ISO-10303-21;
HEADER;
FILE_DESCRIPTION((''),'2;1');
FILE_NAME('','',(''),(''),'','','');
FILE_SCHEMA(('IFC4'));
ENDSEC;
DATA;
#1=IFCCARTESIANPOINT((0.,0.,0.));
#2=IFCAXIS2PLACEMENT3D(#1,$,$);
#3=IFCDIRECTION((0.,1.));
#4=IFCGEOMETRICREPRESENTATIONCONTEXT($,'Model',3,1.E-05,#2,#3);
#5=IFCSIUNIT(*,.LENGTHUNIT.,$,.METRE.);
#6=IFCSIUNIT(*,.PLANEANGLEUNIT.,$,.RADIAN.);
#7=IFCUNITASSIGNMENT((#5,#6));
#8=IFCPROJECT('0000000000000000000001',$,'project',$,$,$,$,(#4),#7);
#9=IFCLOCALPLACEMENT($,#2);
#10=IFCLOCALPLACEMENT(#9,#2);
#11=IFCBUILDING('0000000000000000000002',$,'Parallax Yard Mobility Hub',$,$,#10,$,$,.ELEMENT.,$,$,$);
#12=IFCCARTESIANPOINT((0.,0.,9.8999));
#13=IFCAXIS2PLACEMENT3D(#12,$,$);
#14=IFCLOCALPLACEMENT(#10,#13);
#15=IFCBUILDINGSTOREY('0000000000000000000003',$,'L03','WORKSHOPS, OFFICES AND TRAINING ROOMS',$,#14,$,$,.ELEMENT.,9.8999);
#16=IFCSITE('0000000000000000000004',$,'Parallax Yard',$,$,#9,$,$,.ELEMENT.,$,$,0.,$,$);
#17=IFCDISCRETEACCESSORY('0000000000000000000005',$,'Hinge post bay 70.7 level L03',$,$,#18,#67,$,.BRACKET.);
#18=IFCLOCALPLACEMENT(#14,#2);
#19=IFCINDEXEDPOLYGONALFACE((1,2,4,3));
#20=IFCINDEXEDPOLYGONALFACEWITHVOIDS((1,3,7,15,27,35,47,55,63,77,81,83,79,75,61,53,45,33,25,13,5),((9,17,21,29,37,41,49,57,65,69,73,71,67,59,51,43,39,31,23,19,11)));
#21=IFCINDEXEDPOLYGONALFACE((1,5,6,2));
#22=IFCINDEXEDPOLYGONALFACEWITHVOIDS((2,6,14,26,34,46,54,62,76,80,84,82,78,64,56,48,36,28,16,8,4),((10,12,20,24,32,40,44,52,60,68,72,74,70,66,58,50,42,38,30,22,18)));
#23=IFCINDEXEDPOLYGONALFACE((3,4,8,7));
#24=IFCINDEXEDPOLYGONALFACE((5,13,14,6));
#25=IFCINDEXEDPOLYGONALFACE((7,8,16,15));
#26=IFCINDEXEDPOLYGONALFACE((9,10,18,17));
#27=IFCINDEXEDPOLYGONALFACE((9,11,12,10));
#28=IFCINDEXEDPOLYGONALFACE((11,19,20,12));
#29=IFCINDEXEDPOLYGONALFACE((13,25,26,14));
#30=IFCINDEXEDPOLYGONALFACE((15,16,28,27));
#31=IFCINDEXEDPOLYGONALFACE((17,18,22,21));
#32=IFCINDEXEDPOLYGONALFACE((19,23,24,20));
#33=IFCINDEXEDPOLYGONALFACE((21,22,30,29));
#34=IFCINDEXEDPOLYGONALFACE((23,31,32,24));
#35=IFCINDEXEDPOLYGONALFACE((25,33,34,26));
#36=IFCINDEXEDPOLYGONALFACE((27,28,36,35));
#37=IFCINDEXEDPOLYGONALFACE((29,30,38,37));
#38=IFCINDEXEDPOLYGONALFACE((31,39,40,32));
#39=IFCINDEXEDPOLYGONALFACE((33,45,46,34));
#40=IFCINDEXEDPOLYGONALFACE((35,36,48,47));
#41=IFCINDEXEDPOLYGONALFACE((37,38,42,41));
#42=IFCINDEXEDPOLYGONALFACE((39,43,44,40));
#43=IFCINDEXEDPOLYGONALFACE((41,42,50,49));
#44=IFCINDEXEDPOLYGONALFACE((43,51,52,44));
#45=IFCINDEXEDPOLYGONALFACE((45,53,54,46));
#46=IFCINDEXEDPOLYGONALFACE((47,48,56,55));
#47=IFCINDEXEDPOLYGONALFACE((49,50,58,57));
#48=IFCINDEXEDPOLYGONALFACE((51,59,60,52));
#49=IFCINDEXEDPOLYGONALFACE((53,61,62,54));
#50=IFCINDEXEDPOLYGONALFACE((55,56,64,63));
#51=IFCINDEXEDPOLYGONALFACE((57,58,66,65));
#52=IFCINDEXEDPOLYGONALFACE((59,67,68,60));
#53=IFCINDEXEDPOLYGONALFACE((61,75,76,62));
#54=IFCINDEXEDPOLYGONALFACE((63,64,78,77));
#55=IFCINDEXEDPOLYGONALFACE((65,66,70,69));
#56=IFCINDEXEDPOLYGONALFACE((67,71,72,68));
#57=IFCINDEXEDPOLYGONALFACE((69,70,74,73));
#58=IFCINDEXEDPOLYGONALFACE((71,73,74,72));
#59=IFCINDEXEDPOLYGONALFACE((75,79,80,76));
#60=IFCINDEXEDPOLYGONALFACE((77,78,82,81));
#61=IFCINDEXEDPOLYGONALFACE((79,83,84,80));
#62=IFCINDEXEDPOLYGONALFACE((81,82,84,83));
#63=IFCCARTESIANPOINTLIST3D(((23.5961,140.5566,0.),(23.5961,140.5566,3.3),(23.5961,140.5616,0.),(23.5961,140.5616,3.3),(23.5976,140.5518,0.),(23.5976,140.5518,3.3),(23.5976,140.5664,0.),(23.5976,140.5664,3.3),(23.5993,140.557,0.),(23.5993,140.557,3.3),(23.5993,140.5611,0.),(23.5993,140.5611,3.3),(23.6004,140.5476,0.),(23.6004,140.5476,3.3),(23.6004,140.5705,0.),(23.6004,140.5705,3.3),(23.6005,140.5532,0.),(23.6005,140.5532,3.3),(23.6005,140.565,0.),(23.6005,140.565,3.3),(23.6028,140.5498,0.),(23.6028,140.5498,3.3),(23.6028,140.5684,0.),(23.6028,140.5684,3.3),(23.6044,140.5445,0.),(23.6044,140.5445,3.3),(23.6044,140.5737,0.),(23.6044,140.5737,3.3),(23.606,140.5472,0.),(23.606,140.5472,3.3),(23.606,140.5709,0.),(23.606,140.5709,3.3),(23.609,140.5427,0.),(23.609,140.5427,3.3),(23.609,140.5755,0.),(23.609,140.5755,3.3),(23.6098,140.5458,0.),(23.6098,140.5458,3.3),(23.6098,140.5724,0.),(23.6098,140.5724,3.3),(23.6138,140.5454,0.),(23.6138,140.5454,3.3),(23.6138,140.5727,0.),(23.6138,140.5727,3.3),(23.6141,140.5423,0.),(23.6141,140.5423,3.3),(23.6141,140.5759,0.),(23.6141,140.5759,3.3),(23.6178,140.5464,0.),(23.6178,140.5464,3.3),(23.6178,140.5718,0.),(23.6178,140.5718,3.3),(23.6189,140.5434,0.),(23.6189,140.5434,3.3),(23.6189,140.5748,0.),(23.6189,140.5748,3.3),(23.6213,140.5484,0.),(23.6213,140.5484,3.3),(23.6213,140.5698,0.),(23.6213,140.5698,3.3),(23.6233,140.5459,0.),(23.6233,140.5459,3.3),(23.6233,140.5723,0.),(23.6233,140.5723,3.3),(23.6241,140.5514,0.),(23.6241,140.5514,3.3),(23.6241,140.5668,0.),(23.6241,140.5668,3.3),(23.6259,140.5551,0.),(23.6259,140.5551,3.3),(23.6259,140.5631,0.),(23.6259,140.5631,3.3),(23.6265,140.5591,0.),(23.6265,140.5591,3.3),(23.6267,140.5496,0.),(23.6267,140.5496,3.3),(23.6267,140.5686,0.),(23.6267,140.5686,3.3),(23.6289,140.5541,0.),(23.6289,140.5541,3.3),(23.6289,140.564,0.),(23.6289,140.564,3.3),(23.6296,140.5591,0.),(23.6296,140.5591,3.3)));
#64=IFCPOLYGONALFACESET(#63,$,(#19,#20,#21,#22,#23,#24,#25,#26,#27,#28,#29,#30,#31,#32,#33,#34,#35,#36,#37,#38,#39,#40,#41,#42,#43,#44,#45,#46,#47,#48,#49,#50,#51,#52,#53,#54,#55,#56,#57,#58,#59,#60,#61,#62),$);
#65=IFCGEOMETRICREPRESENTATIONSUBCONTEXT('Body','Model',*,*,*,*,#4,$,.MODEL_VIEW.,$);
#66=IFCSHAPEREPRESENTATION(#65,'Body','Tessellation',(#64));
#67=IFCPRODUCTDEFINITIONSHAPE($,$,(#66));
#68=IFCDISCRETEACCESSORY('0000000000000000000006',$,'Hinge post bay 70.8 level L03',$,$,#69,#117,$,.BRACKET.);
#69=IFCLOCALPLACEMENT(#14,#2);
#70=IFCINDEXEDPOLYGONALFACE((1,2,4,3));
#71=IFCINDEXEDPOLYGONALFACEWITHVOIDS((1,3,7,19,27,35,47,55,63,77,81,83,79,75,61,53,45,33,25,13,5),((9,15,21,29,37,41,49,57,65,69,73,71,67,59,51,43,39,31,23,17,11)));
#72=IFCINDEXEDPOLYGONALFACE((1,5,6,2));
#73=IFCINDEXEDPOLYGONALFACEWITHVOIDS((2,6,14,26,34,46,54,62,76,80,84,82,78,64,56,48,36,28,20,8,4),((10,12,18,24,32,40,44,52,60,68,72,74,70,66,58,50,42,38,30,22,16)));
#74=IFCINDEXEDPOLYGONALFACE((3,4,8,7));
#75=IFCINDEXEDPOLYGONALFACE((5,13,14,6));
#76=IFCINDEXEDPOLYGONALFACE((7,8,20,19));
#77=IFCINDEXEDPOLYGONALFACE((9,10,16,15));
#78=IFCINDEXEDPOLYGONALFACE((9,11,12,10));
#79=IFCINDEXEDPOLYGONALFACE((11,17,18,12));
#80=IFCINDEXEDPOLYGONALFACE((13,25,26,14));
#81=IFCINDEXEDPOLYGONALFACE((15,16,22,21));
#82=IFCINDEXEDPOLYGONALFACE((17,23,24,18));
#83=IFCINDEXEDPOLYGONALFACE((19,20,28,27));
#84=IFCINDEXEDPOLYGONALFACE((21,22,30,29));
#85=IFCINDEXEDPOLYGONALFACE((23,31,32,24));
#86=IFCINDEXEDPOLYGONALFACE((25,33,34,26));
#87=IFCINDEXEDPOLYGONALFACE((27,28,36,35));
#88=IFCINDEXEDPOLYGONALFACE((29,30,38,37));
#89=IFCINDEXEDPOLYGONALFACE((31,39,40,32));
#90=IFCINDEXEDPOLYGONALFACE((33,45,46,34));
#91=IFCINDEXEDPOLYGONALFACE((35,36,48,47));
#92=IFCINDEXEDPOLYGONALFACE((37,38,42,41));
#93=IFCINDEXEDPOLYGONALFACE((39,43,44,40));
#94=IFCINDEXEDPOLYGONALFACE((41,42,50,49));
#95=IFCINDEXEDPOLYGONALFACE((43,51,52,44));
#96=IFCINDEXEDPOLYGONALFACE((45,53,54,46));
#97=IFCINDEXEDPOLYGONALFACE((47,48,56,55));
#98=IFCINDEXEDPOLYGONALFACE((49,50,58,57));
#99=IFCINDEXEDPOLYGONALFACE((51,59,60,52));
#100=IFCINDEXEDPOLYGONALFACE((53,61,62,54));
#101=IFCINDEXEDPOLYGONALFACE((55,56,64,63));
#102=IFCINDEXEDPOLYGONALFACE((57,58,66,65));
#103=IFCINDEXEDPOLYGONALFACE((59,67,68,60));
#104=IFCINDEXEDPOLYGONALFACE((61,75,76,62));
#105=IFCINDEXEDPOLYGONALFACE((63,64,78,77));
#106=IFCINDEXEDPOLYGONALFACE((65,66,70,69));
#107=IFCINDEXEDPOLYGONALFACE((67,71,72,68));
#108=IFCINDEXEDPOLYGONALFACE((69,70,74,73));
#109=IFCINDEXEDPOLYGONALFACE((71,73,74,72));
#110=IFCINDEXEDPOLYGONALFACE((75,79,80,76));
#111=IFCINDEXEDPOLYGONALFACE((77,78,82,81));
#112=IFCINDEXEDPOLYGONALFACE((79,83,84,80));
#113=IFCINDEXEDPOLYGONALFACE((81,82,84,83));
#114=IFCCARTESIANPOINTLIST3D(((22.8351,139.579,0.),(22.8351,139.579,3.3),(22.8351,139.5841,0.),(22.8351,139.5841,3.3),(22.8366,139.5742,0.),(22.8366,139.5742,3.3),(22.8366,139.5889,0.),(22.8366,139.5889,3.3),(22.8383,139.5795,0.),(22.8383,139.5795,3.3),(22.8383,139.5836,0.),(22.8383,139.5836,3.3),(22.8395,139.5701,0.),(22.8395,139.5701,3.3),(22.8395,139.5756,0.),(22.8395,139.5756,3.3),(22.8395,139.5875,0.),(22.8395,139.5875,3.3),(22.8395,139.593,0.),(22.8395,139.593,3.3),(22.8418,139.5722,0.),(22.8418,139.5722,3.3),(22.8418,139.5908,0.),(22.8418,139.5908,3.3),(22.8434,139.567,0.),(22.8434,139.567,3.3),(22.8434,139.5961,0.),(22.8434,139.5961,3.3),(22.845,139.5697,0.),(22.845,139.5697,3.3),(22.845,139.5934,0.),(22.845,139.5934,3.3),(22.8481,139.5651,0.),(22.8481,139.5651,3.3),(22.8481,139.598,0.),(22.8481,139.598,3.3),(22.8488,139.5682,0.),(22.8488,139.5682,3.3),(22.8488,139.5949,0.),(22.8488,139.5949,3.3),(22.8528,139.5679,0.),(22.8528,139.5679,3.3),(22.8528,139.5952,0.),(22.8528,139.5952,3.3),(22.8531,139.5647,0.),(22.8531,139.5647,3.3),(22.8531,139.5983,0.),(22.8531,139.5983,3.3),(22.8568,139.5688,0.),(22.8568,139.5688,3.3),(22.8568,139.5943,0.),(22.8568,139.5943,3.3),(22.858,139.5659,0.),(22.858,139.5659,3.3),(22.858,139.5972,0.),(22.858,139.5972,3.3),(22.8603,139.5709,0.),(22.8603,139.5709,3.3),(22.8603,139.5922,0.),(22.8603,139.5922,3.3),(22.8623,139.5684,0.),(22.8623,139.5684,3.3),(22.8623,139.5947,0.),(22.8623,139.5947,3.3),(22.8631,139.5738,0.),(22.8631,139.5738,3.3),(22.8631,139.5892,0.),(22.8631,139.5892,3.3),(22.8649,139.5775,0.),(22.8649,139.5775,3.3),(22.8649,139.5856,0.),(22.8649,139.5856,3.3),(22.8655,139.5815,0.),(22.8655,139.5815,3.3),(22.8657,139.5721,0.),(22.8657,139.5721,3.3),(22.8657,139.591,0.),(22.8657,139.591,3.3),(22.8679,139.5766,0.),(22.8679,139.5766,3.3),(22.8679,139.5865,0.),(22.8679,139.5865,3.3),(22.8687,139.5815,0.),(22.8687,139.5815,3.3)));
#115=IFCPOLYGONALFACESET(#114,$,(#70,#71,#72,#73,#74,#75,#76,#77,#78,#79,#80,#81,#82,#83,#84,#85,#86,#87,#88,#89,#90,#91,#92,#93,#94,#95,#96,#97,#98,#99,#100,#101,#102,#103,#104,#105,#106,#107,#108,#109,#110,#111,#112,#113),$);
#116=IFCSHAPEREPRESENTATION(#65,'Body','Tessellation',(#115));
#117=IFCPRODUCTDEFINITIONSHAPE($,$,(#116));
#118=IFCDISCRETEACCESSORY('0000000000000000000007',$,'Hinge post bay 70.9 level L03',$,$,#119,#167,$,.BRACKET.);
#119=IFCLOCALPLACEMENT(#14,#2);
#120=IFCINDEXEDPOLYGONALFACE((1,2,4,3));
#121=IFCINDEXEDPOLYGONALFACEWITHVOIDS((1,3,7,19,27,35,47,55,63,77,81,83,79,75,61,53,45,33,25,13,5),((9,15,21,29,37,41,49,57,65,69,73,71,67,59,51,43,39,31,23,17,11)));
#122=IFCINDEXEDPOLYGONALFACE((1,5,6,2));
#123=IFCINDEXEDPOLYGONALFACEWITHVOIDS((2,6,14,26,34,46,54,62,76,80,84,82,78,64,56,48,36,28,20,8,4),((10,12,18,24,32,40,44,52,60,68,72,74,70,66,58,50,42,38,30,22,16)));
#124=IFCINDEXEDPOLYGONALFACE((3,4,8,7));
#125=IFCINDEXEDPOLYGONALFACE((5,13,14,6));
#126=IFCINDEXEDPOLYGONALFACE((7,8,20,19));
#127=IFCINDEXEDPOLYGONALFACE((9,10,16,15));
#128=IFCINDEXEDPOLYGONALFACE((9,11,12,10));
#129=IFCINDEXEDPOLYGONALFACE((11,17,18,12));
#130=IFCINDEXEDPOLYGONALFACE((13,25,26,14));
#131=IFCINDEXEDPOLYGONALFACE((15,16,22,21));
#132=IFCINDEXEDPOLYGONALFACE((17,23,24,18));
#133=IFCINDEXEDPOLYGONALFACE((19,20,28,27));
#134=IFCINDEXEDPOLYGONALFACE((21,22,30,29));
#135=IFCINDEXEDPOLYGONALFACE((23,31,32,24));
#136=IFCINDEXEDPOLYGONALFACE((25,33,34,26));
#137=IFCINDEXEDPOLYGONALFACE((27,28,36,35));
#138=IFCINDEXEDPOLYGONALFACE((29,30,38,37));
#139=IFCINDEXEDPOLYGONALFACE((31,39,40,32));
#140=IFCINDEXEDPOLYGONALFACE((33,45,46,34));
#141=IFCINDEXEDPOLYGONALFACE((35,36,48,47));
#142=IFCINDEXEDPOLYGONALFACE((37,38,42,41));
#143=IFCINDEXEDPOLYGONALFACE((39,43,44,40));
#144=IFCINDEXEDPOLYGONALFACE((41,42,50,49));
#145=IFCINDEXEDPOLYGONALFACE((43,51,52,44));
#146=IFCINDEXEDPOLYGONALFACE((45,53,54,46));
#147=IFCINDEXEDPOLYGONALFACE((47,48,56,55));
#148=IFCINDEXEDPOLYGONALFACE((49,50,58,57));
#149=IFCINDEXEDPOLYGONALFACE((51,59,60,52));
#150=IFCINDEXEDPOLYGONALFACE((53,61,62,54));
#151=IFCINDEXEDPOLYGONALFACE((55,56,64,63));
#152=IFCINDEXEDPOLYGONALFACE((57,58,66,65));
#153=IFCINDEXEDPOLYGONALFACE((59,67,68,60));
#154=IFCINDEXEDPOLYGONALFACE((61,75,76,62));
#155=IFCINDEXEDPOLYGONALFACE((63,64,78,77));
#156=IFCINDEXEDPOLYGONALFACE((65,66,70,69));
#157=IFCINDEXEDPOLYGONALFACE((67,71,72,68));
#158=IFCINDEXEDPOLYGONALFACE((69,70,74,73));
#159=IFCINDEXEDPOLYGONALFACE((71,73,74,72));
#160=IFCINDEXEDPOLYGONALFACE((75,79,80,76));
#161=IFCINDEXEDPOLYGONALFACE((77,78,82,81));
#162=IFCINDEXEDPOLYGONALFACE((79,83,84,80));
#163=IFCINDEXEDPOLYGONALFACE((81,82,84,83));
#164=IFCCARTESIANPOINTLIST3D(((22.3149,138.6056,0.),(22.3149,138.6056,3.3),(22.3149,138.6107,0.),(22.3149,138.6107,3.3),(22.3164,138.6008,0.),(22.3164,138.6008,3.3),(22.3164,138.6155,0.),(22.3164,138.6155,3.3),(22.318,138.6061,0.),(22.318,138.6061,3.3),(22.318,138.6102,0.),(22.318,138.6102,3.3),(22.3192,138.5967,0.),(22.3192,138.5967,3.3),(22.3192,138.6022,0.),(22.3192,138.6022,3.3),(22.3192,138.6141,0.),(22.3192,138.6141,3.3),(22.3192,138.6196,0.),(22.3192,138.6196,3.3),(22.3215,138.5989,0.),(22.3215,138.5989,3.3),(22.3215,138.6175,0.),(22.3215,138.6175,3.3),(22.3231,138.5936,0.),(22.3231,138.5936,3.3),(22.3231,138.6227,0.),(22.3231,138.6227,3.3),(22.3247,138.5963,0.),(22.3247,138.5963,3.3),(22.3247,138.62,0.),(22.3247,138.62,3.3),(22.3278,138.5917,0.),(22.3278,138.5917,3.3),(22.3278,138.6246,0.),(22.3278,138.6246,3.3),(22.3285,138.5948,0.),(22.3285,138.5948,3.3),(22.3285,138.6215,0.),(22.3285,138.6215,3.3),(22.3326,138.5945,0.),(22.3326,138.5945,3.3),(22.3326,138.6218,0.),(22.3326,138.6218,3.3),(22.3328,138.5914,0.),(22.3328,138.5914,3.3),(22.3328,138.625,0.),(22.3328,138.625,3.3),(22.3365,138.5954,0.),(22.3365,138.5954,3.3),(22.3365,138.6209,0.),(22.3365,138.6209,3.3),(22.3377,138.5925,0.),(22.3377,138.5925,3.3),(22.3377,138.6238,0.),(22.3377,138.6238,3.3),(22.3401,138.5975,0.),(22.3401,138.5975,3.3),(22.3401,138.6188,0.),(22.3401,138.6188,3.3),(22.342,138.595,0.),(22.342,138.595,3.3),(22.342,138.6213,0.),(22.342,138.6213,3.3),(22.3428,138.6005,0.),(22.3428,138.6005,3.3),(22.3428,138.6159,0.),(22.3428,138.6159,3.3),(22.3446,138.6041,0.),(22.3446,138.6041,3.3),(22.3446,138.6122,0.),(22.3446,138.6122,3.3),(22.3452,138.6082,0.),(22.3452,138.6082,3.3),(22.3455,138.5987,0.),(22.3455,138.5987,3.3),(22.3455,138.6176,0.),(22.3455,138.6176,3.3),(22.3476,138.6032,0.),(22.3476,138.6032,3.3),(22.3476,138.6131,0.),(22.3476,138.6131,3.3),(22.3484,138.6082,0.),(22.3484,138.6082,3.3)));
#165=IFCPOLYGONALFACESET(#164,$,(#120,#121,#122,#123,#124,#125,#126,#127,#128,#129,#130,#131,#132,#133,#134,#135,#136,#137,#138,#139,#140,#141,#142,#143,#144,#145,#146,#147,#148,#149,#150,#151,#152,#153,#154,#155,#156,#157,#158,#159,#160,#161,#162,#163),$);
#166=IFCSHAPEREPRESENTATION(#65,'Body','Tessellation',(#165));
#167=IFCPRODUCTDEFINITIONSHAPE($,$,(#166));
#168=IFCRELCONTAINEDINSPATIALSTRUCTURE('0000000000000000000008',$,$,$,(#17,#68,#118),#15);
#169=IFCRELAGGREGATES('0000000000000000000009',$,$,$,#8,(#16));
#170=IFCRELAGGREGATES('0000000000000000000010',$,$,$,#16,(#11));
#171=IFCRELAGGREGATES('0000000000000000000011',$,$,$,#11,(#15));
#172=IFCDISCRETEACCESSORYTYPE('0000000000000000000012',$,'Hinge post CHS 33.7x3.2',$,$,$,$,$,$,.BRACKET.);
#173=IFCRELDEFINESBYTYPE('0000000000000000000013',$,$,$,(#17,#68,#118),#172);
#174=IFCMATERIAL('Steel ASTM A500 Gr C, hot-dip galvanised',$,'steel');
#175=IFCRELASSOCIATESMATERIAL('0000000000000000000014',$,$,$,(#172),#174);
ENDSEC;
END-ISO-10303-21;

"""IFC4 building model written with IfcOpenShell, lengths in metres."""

from ifc_helpers import new_model, si_unit, direction, frame, origin, origin_2d, place, context, subcontext, project, spatial, hollow_circle, extrude, material, material_profile, profile_set, type_object, element, save


model = new_model("IFC4")

# Units and contexts
model_context = context("Model", 3, precision=1e-05, world=origin(), true_north=direction((0.0, 1.0)))
body_context = subcontext(model_context, "Body", "Model", "MODEL_VIEW")
ifc_project = project(units=[si_unit("LENGTHUNIT", "METRE"), si_unit("PLANEANGLEUNIT", "RADIAN")], contexts=[model_context])

# Site, building, storey
site_placement = place(None, origin())
site = spatial("IfcSite", under=ifc_project, at=site_placement, Name="Parallax Yard", CompositionType="ELEMENT", RefElevation=0.0)
building_placement = place(site_placement, origin())
building = spatial("IfcBuilding", under=site, at=building_placement, Name="Parallax Yard Mobility Hub", CompositionType="ELEMENT")
storey_placement = place(building_placement, frame((0.0, 0.0, 9.8999)))
storey = spatial("IfcBuildingStorey", under=building, at=storey_placement, Name="L03", Description="WORKSHOPS, OFFICES AND TRAINING ROOMS", CompositionType="ELEMENT", Elevation=9.8999)

# Discrete accessories
ifc_material_1 = material(Name="Steel ASTM A500 Gr C, hot-dip galvanised", Category="steel")
ifc_material_profile_1 = material_profile(ifc_material_1, hollow_circle(Radius=0.0168, WallThickness=0.0032, at=origin_2d()), Name="CHS 33.7x3.2")
ifc_profile_set_1 = profile_set([ifc_material_profile_1], Name="Steel ASTM A500 Gr C, hot-dip galvanised")
discrete_accessory_type_1 = type_object("IfcDiscreteAccessoryType", Name="Hinge post CHS 33.7x3.2", PredefinedType="BRACKET", material=ifc_profile_set_1)
for number, where, z_axis, x_axis, name in (
    (1, (23.6128, 140.5591, 0.0), (0.0, 0.0, 1.0), (1.0, 0.0, 0.0), "Hinge post bay 70.7 level L03"),
    (2, (22.8518, 139.5815, 0.0), (0.0, 0.0, 1.0), (1.0, 0.0, 0.0), "Hinge post bay 70.8 level L03"),
    (3, (22.3315, 138.6082, 0.0), (0.0, 0.0, 1.0), (1.0, 0.0, 0.0), "Hinge post bay 70.9 level L03"),
):
    element("IfcDiscreteAccessory", number, at=place(storey_placement, frame(where, z_axis=z_axis, x_axis=x_axis)), inside=storey, type_object=discrete_accessory_type_1, Name=name, PredefinedType="BRACKET", context=body_context, shape_type="SweptSolid", body=[
        extrude(hollow_circle(Radius=0.0168, WallThickness=0.0032, at=origin_2d()), origin(), (0.0, 0.0, 1.0), 3.3),
    ])

save(model, "model.ifc")
